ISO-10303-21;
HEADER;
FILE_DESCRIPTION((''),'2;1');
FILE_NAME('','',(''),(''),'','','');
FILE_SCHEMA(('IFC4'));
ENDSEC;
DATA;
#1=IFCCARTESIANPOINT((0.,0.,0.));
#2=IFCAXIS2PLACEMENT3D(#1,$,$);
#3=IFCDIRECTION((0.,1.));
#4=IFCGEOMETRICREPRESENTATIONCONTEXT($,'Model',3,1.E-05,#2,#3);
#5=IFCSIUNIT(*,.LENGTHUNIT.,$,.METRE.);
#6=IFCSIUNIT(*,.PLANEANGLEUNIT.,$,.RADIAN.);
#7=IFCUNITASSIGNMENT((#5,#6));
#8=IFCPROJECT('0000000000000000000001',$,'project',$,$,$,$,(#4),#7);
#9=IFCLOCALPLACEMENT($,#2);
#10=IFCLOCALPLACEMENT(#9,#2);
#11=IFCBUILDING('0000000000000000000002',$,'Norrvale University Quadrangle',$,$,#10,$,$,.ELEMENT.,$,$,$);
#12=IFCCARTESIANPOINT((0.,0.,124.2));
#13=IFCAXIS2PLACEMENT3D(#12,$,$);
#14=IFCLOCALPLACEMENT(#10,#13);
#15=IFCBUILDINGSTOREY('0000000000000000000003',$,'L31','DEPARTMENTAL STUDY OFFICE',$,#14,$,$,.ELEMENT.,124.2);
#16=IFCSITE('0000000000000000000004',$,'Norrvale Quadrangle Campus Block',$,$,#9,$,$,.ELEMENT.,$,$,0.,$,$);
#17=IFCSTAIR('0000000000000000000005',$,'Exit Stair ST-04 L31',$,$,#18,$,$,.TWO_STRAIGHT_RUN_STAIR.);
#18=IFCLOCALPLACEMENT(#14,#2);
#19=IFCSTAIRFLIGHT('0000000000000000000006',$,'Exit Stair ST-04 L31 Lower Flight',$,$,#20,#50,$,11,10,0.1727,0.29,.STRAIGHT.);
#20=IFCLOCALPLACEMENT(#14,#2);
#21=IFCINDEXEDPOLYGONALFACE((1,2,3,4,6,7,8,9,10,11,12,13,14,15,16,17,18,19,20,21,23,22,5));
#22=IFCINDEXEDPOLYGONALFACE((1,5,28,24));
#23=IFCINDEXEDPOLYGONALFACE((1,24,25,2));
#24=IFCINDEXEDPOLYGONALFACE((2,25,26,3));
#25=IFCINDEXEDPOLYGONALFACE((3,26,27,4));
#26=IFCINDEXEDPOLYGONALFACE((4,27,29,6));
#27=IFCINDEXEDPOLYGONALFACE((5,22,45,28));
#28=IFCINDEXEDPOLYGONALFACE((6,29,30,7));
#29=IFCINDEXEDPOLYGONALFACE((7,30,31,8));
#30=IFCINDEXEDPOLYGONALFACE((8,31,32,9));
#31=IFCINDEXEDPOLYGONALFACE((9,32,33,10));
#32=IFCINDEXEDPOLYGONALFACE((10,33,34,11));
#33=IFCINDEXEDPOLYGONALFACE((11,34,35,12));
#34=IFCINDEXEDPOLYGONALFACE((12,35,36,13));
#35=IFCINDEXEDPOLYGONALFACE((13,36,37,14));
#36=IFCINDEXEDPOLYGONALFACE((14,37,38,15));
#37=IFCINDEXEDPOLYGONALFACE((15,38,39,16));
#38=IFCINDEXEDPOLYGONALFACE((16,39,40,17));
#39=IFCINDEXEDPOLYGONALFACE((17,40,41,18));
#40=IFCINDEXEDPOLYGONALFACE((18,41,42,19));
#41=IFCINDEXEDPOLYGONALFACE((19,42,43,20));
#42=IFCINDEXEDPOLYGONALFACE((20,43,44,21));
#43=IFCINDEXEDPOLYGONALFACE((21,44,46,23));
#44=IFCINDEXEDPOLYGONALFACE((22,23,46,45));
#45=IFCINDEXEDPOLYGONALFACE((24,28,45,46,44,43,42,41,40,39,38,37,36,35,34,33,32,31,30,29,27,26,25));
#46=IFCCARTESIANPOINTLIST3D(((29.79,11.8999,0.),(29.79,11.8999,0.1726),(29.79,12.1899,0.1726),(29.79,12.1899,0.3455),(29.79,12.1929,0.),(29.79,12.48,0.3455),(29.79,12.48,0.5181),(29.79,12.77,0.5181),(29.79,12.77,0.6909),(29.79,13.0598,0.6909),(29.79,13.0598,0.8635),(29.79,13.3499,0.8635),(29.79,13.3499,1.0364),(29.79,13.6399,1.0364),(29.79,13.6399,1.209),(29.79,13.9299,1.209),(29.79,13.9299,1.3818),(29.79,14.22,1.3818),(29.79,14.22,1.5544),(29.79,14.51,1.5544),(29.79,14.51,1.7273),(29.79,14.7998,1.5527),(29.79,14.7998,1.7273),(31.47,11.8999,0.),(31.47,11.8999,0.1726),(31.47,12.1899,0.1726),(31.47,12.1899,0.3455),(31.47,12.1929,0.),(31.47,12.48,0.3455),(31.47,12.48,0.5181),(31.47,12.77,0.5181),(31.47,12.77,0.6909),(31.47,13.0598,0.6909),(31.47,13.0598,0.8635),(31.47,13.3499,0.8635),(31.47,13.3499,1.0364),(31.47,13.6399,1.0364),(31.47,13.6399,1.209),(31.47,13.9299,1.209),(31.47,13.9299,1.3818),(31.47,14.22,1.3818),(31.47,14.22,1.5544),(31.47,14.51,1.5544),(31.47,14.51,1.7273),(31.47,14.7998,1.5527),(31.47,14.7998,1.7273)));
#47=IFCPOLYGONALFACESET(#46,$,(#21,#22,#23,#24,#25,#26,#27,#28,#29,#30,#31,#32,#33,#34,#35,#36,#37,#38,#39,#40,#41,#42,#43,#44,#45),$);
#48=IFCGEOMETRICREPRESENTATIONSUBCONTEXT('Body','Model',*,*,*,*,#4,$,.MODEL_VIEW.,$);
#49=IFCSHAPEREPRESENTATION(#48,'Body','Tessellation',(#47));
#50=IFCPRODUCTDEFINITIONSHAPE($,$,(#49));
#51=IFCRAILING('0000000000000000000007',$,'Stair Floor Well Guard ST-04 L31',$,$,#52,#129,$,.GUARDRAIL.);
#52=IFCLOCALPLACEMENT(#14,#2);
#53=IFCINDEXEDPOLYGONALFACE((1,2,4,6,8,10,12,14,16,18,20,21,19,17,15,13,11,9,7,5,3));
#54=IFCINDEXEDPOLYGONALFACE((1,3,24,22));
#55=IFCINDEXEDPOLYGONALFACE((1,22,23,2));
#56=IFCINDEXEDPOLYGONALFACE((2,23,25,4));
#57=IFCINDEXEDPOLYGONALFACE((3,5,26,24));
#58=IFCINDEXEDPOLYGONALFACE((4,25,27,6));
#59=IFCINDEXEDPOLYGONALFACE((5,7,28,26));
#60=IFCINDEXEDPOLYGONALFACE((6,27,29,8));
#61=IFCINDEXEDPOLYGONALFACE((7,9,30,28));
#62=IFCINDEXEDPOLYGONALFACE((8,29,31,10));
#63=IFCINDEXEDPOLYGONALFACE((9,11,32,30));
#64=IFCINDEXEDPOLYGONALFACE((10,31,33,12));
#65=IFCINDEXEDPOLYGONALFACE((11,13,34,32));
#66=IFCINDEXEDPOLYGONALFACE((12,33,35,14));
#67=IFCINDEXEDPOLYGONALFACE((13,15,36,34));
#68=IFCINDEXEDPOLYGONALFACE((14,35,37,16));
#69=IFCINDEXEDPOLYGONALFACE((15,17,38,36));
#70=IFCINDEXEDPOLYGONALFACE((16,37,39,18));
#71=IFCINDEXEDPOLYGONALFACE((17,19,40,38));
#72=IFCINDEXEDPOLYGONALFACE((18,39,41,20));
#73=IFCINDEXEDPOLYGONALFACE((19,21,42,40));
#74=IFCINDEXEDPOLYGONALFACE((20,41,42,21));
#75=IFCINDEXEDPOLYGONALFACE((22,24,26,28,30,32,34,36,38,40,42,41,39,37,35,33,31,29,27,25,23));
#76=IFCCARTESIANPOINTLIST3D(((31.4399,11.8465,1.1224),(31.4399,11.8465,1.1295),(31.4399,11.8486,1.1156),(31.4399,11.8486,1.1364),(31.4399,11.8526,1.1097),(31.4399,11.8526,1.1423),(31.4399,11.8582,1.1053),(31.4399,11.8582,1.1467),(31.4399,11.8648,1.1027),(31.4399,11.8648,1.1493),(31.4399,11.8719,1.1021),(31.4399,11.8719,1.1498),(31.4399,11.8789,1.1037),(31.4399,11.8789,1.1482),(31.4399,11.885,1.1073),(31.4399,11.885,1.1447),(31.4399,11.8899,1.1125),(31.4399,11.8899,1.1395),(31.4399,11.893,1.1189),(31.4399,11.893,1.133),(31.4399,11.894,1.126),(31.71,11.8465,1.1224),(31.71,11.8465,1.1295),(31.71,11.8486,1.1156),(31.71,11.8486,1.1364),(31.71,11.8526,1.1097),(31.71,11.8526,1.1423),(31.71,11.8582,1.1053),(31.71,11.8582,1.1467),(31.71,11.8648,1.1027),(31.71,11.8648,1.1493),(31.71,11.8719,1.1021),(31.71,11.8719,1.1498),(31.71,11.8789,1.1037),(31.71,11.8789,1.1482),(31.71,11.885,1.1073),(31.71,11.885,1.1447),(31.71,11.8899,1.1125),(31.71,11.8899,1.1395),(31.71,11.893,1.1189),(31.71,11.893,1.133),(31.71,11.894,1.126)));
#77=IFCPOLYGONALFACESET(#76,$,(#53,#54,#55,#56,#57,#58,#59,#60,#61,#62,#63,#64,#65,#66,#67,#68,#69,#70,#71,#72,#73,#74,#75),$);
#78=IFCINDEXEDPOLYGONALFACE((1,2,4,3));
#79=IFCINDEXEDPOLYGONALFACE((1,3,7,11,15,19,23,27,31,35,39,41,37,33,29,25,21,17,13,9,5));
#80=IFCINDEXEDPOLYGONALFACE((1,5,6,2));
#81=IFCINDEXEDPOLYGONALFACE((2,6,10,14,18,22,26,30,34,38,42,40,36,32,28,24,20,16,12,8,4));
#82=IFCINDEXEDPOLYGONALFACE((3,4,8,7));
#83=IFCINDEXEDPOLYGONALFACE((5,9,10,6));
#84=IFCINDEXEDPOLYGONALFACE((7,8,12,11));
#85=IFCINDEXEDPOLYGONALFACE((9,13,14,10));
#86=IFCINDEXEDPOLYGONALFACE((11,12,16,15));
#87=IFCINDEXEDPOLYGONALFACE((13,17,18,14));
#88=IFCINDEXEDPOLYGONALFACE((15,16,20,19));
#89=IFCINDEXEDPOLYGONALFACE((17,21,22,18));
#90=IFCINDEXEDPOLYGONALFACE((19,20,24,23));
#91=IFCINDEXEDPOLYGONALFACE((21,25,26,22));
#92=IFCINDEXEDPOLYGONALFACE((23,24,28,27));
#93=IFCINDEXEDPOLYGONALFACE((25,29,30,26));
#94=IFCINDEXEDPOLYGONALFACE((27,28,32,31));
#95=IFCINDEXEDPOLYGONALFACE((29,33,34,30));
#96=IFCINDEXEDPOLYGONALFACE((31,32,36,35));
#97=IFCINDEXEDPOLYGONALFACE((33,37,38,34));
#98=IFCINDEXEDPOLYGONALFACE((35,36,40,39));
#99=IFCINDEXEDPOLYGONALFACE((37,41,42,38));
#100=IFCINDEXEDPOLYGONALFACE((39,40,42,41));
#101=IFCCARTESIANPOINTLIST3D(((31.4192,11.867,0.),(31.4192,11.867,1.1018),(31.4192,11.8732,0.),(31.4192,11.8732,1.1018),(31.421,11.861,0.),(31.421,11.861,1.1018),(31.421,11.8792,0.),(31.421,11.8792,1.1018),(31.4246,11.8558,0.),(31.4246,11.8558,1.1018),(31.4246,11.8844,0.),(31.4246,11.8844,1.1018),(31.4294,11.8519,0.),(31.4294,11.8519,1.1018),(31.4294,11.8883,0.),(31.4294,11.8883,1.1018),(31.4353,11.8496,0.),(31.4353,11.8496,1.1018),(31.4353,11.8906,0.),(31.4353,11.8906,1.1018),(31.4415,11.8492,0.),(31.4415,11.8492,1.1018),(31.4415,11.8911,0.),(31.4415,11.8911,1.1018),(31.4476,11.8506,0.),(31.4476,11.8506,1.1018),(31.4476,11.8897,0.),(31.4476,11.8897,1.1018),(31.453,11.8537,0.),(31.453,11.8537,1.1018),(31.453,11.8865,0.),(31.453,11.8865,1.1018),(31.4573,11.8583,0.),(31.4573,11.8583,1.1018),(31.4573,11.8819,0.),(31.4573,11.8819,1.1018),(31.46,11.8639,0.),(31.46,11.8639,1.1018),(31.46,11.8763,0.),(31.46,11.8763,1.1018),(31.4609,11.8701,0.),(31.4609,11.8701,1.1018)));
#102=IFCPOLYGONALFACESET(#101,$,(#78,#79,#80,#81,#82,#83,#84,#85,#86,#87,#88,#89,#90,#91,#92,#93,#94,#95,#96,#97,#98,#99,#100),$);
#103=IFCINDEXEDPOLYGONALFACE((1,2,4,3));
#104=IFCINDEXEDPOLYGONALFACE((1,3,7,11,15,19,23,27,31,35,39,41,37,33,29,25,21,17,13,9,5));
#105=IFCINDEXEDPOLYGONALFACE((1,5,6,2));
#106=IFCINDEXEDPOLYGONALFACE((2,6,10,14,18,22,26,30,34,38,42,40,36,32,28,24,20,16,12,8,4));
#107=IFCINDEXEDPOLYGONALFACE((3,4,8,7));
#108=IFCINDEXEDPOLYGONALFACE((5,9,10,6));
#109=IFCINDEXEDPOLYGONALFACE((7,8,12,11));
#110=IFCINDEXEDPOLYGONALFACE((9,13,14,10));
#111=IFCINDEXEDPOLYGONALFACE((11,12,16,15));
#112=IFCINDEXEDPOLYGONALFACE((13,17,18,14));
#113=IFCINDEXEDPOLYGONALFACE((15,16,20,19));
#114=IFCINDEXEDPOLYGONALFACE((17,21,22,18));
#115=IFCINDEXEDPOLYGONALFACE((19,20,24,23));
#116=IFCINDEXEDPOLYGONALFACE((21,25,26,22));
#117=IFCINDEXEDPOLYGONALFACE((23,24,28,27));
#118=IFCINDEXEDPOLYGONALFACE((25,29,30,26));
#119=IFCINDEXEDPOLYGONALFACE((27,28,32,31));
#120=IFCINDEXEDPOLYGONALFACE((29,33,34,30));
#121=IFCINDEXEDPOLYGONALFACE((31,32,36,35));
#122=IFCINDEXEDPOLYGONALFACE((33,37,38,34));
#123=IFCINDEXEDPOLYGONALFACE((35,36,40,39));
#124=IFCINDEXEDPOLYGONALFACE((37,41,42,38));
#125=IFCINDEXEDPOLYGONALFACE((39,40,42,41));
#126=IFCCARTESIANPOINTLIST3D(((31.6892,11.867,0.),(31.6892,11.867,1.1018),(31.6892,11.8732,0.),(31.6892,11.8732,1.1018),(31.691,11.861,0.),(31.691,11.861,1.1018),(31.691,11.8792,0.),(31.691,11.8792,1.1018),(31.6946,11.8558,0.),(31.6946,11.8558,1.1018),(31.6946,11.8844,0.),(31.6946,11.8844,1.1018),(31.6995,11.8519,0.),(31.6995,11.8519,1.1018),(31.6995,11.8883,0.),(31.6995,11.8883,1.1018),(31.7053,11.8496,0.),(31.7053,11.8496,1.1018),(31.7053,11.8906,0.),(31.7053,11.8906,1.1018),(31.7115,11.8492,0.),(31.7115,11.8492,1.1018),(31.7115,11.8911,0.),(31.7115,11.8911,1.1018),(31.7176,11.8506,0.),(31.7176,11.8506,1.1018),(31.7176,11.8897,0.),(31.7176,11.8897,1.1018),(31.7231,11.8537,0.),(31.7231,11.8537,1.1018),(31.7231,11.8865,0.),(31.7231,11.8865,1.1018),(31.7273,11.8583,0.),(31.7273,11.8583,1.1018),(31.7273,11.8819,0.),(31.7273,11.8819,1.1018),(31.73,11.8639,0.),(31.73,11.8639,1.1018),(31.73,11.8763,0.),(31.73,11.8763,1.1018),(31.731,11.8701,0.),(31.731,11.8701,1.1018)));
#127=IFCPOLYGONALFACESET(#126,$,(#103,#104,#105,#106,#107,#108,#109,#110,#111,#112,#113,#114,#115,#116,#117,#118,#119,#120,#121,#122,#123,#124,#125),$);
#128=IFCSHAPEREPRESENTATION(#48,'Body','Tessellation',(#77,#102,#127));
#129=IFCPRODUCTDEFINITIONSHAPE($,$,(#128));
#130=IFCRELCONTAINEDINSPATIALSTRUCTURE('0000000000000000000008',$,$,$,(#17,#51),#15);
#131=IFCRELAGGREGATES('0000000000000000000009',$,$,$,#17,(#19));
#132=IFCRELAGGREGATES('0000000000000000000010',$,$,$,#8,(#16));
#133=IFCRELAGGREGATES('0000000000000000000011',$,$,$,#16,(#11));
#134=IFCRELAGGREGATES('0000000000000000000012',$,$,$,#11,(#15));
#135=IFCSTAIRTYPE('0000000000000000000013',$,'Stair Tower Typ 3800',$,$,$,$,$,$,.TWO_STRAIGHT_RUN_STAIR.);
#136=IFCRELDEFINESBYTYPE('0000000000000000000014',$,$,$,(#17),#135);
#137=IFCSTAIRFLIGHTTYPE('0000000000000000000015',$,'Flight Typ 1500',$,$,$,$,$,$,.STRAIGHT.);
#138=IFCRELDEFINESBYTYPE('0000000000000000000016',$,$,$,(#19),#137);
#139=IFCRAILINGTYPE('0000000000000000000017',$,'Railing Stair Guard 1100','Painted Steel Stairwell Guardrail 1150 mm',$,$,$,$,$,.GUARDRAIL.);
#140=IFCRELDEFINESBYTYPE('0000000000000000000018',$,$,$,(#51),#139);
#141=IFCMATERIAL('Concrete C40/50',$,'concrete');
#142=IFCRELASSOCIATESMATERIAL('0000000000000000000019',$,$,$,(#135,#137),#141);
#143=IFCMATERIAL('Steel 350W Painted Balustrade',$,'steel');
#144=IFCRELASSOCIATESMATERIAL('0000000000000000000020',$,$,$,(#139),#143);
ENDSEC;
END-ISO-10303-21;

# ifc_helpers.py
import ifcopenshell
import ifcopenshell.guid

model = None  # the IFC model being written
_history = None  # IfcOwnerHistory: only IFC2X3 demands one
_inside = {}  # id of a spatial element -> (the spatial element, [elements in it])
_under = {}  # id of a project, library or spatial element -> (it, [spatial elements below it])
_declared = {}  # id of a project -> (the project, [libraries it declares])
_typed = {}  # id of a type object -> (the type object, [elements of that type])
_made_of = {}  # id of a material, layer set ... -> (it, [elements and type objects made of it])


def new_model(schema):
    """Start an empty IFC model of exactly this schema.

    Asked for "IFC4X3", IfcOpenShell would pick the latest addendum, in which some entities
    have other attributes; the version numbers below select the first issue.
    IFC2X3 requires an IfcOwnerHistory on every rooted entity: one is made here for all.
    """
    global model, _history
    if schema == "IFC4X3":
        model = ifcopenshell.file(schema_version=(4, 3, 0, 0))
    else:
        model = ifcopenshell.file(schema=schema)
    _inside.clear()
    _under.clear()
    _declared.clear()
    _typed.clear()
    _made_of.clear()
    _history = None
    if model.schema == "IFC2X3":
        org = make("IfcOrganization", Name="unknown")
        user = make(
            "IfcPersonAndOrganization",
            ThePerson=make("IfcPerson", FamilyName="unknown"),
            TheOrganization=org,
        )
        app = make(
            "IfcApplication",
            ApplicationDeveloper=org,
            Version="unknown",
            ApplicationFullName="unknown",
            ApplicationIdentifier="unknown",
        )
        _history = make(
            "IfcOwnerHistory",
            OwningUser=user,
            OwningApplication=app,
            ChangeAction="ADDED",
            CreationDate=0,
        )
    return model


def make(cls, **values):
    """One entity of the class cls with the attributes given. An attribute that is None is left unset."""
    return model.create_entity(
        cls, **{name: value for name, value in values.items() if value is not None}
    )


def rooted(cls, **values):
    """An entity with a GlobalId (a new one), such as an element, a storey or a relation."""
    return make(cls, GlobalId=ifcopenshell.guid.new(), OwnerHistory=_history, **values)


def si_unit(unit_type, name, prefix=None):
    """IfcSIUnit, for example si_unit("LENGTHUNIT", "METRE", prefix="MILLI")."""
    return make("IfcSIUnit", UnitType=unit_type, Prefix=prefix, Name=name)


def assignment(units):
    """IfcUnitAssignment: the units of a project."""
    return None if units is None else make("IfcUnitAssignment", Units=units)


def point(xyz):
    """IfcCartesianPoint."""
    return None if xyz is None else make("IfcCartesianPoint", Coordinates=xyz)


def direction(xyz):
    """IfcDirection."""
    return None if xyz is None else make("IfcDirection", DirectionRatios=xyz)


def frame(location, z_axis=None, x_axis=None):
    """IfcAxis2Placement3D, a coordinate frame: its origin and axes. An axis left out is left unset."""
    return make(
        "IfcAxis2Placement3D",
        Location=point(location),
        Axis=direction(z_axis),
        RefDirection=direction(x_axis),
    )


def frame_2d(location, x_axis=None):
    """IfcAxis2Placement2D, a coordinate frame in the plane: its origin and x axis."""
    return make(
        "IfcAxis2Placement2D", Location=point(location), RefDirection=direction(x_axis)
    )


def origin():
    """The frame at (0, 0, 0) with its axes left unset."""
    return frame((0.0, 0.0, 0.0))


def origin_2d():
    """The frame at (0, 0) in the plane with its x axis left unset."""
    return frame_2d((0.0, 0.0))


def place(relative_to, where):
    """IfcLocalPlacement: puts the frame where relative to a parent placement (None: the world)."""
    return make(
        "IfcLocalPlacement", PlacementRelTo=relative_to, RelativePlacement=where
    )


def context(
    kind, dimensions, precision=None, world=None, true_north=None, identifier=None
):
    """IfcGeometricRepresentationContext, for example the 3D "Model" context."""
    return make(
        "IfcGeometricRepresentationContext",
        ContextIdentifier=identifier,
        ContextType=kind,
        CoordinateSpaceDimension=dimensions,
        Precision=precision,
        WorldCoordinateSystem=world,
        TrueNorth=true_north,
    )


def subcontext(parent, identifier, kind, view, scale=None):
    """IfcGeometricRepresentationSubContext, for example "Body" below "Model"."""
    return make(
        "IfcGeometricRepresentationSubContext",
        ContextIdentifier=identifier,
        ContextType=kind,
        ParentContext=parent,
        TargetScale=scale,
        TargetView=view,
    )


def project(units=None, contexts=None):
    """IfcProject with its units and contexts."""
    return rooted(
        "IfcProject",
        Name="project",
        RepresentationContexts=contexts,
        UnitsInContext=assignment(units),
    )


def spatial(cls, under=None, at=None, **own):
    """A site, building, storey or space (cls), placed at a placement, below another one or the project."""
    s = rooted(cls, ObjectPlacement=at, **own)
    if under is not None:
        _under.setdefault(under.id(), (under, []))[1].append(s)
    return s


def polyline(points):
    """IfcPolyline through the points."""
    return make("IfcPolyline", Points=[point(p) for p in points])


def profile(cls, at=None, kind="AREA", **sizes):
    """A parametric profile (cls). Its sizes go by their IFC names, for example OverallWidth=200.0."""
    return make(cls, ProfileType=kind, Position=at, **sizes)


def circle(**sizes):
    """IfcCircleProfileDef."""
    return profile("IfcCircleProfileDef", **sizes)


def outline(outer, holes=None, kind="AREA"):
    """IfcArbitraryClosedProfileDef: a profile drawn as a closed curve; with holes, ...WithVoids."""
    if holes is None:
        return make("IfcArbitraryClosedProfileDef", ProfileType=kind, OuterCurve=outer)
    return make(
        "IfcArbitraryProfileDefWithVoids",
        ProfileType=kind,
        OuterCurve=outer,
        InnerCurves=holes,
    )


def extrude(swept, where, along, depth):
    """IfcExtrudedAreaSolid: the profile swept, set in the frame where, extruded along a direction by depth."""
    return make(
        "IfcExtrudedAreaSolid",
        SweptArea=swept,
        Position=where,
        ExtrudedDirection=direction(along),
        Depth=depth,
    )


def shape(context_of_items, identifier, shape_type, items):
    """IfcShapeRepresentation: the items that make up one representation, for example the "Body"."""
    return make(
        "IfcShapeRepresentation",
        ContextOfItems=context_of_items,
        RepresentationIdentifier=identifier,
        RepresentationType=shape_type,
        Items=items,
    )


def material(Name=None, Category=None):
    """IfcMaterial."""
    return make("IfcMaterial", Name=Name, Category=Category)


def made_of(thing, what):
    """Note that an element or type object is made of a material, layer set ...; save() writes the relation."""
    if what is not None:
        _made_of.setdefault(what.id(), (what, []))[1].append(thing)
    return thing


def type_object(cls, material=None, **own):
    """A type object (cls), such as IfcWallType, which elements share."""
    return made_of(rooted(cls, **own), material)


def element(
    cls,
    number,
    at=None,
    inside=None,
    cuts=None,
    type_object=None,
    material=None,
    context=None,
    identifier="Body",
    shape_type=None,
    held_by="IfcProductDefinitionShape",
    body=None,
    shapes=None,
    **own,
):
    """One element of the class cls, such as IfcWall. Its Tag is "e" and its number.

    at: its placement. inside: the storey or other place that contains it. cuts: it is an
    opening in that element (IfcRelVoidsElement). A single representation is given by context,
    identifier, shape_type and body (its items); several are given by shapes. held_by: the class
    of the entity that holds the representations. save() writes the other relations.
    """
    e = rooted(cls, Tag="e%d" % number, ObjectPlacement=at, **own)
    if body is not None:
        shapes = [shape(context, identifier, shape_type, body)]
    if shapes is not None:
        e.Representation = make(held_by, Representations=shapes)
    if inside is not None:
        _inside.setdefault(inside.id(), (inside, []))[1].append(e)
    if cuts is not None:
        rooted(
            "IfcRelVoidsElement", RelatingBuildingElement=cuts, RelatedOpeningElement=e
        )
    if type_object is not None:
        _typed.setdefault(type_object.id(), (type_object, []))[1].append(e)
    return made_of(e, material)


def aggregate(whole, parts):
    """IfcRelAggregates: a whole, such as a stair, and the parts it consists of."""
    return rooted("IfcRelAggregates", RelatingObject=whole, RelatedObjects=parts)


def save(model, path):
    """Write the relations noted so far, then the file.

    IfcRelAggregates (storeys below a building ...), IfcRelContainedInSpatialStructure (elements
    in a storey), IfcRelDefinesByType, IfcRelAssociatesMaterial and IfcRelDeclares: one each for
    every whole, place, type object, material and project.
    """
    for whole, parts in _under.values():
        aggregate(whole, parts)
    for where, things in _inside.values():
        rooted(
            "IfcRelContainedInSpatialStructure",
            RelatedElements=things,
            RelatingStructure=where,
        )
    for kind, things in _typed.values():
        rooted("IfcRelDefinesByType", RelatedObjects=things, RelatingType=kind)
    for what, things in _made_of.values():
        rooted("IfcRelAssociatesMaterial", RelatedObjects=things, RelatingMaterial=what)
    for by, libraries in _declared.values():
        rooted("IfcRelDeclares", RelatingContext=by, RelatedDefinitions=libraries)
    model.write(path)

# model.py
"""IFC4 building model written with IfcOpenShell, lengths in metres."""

from ifc_helpers import new_model, si_unit, direction, frame, origin, origin_2d, place, context, subcontext, project, spatial, polyline, circle, outline, extrude, material, type_object, element, aggregate, save


model = new_model("IFC4")

# Units and contexts
model_context = context("Model", 3, precision=1e-05, world=origin(), true_north=direction((0.0, 1.0)))
body_context = subcontext(model_context, "Body", "Model", "MODEL_VIEW")
ifc_project = project(units=[si_unit("LENGTHUNIT", "METRE"), si_unit("PLANEANGLEUNIT", "RADIAN")], contexts=[model_context])

# Site, building, storey
site_placement = place(None, origin())
site = spatial("IfcSite", under=ifc_project, at=site_placement, Name="Norrvale Quadrangle Campus Block", CompositionType="ELEMENT", RefElevation=0.0)
building_placement = place(site_placement, origin())
building = spatial("IfcBuilding", under=site, at=building_placement, Name="Norrvale University Quadrangle", CompositionType="ELEMENT")
storey_placement = place(building_placement, frame((0.0, 0.0, 124.2)))
storey = spatial("IfcBuildingStorey", under=building, at=storey_placement, Name="L31", Description="DEPARTMENTAL STUDY OFFICE", CompositionType="ELEMENT", Elevation=124.2)

# Stair, stair flight
ifc_material_1 = material(Name="Concrete C40/50", Category="concrete")
stair_type = type_object("IfcStairType", Name="Stair Tower Typ 3800", PredefinedType="TWO_STRAIGHT_RUN_STAIR", material=ifc_material_1)
stair_flight_type = type_object("IfcStairFlightType", Name="Flight Typ 1500", PredefinedType="STRAIGHT", material=ifc_material_1)
stair_1_placement = place(storey_placement, origin())
stair_1 = element("IfcStair", 1, at=stair_1_placement, inside=storey, type_object=stair_type, Name="Exit Stair ST-04 L31", PredefinedType="TWO_STRAIGHT_RUN_STAIR")
stair_flight_1_placement = place(storey_placement, frame((30.6299, 11.8999, 0.0), z_axis=(0.0, 0.0, 1.0), x_axis=(0.0, 1.0, 0.0)))
stair_flight_1 = element("IfcStairFlight", 2, at=stair_flight_1_placement, type_object=stair_flight_type, Name="Exit Stair ST-04 L31 Lower Flight", NumberOfRisers=11, NumberOfTreads=10, PredefinedType="STRAIGHT", RiserHeight=0.1727, TreadLength=0.29, context=body_context, shape_type="SweptSolid", body=[
    extrude(outline(polyline([(0.0, 0.0), (0.0, 0.1726), (0.29, 0.1726), (0.29, 0.3455), (0.5801, 0.3455), (0.5801, 0.5181), (0.8701, 0.5181), (0.8701, 0.6909), (1.1599, 0.6909), (1.1599, 0.8635), (1.45, 0.8635), (1.45, 1.0364), (1.74, 1.0364), (1.74, 1.209), (2.03, 1.209), (2.03, 1.3818), (2.3201, 1.3818), (2.3201, 1.5544), (2.6101, 1.5544), (2.6101, 1.7273), (2.8999, 1.7273), (2.8999, 1.8999), (2.8999, 1.5527), (0.293, 0.0), (0.0, 0.0)])), frame((0.0, 0.8398, 0.0), z_axis=(0.0, -1.0, 0.0), x_axis=(1.0, 0.0, 0.0)), (0.0, 0.0, 1.0), 1.6799),
])
aggregate(stair_1, [stair_flight_1])

# Railing
ifc_material_2 = material(Name="Steel 350W Painted Balustrade", Category="steel")
railing_type_1 = type_object("IfcRailingType", Name="Railing Stair Guard 1100", Description="Painted Steel Stairwell Guardrail 1150 mm", PredefinedType="GUARDRAIL", material=ifc_material_2)
railing_1_placement = place(storey_placement, frame((31.4399, 11.8701, 0.0)))
element("IfcRailing", 3, at=railing_1_placement, inside=storey, type_object=railing_type_1, Name="Stair Floor Well Guard ST-04 L31", PredefinedType="GUARDRAIL", context=body_context, shape_type="SweptSolid", body=[
    extrude(circle(Radius=0.0239, at=origin_2d()), frame((0.0, 0.0, 1.126), z_axis=(1.0, 0.0, 0.0), x_axis=(0.0, 1.0, 0.0)), (0.0, 0.0, 1.0), 0.27),
    extrude(circle(Radius=0.021, at=origin_2d()), origin(), (0.0, 0.0, 1.0), 1.1018),
    extrude(circle(Radius=0.021, at=origin_2d()), frame((0.27, 0.0, 0.0)), (0.0, 0.0, 1.0), 1.1018),
])

save(model, "model.ifc")
